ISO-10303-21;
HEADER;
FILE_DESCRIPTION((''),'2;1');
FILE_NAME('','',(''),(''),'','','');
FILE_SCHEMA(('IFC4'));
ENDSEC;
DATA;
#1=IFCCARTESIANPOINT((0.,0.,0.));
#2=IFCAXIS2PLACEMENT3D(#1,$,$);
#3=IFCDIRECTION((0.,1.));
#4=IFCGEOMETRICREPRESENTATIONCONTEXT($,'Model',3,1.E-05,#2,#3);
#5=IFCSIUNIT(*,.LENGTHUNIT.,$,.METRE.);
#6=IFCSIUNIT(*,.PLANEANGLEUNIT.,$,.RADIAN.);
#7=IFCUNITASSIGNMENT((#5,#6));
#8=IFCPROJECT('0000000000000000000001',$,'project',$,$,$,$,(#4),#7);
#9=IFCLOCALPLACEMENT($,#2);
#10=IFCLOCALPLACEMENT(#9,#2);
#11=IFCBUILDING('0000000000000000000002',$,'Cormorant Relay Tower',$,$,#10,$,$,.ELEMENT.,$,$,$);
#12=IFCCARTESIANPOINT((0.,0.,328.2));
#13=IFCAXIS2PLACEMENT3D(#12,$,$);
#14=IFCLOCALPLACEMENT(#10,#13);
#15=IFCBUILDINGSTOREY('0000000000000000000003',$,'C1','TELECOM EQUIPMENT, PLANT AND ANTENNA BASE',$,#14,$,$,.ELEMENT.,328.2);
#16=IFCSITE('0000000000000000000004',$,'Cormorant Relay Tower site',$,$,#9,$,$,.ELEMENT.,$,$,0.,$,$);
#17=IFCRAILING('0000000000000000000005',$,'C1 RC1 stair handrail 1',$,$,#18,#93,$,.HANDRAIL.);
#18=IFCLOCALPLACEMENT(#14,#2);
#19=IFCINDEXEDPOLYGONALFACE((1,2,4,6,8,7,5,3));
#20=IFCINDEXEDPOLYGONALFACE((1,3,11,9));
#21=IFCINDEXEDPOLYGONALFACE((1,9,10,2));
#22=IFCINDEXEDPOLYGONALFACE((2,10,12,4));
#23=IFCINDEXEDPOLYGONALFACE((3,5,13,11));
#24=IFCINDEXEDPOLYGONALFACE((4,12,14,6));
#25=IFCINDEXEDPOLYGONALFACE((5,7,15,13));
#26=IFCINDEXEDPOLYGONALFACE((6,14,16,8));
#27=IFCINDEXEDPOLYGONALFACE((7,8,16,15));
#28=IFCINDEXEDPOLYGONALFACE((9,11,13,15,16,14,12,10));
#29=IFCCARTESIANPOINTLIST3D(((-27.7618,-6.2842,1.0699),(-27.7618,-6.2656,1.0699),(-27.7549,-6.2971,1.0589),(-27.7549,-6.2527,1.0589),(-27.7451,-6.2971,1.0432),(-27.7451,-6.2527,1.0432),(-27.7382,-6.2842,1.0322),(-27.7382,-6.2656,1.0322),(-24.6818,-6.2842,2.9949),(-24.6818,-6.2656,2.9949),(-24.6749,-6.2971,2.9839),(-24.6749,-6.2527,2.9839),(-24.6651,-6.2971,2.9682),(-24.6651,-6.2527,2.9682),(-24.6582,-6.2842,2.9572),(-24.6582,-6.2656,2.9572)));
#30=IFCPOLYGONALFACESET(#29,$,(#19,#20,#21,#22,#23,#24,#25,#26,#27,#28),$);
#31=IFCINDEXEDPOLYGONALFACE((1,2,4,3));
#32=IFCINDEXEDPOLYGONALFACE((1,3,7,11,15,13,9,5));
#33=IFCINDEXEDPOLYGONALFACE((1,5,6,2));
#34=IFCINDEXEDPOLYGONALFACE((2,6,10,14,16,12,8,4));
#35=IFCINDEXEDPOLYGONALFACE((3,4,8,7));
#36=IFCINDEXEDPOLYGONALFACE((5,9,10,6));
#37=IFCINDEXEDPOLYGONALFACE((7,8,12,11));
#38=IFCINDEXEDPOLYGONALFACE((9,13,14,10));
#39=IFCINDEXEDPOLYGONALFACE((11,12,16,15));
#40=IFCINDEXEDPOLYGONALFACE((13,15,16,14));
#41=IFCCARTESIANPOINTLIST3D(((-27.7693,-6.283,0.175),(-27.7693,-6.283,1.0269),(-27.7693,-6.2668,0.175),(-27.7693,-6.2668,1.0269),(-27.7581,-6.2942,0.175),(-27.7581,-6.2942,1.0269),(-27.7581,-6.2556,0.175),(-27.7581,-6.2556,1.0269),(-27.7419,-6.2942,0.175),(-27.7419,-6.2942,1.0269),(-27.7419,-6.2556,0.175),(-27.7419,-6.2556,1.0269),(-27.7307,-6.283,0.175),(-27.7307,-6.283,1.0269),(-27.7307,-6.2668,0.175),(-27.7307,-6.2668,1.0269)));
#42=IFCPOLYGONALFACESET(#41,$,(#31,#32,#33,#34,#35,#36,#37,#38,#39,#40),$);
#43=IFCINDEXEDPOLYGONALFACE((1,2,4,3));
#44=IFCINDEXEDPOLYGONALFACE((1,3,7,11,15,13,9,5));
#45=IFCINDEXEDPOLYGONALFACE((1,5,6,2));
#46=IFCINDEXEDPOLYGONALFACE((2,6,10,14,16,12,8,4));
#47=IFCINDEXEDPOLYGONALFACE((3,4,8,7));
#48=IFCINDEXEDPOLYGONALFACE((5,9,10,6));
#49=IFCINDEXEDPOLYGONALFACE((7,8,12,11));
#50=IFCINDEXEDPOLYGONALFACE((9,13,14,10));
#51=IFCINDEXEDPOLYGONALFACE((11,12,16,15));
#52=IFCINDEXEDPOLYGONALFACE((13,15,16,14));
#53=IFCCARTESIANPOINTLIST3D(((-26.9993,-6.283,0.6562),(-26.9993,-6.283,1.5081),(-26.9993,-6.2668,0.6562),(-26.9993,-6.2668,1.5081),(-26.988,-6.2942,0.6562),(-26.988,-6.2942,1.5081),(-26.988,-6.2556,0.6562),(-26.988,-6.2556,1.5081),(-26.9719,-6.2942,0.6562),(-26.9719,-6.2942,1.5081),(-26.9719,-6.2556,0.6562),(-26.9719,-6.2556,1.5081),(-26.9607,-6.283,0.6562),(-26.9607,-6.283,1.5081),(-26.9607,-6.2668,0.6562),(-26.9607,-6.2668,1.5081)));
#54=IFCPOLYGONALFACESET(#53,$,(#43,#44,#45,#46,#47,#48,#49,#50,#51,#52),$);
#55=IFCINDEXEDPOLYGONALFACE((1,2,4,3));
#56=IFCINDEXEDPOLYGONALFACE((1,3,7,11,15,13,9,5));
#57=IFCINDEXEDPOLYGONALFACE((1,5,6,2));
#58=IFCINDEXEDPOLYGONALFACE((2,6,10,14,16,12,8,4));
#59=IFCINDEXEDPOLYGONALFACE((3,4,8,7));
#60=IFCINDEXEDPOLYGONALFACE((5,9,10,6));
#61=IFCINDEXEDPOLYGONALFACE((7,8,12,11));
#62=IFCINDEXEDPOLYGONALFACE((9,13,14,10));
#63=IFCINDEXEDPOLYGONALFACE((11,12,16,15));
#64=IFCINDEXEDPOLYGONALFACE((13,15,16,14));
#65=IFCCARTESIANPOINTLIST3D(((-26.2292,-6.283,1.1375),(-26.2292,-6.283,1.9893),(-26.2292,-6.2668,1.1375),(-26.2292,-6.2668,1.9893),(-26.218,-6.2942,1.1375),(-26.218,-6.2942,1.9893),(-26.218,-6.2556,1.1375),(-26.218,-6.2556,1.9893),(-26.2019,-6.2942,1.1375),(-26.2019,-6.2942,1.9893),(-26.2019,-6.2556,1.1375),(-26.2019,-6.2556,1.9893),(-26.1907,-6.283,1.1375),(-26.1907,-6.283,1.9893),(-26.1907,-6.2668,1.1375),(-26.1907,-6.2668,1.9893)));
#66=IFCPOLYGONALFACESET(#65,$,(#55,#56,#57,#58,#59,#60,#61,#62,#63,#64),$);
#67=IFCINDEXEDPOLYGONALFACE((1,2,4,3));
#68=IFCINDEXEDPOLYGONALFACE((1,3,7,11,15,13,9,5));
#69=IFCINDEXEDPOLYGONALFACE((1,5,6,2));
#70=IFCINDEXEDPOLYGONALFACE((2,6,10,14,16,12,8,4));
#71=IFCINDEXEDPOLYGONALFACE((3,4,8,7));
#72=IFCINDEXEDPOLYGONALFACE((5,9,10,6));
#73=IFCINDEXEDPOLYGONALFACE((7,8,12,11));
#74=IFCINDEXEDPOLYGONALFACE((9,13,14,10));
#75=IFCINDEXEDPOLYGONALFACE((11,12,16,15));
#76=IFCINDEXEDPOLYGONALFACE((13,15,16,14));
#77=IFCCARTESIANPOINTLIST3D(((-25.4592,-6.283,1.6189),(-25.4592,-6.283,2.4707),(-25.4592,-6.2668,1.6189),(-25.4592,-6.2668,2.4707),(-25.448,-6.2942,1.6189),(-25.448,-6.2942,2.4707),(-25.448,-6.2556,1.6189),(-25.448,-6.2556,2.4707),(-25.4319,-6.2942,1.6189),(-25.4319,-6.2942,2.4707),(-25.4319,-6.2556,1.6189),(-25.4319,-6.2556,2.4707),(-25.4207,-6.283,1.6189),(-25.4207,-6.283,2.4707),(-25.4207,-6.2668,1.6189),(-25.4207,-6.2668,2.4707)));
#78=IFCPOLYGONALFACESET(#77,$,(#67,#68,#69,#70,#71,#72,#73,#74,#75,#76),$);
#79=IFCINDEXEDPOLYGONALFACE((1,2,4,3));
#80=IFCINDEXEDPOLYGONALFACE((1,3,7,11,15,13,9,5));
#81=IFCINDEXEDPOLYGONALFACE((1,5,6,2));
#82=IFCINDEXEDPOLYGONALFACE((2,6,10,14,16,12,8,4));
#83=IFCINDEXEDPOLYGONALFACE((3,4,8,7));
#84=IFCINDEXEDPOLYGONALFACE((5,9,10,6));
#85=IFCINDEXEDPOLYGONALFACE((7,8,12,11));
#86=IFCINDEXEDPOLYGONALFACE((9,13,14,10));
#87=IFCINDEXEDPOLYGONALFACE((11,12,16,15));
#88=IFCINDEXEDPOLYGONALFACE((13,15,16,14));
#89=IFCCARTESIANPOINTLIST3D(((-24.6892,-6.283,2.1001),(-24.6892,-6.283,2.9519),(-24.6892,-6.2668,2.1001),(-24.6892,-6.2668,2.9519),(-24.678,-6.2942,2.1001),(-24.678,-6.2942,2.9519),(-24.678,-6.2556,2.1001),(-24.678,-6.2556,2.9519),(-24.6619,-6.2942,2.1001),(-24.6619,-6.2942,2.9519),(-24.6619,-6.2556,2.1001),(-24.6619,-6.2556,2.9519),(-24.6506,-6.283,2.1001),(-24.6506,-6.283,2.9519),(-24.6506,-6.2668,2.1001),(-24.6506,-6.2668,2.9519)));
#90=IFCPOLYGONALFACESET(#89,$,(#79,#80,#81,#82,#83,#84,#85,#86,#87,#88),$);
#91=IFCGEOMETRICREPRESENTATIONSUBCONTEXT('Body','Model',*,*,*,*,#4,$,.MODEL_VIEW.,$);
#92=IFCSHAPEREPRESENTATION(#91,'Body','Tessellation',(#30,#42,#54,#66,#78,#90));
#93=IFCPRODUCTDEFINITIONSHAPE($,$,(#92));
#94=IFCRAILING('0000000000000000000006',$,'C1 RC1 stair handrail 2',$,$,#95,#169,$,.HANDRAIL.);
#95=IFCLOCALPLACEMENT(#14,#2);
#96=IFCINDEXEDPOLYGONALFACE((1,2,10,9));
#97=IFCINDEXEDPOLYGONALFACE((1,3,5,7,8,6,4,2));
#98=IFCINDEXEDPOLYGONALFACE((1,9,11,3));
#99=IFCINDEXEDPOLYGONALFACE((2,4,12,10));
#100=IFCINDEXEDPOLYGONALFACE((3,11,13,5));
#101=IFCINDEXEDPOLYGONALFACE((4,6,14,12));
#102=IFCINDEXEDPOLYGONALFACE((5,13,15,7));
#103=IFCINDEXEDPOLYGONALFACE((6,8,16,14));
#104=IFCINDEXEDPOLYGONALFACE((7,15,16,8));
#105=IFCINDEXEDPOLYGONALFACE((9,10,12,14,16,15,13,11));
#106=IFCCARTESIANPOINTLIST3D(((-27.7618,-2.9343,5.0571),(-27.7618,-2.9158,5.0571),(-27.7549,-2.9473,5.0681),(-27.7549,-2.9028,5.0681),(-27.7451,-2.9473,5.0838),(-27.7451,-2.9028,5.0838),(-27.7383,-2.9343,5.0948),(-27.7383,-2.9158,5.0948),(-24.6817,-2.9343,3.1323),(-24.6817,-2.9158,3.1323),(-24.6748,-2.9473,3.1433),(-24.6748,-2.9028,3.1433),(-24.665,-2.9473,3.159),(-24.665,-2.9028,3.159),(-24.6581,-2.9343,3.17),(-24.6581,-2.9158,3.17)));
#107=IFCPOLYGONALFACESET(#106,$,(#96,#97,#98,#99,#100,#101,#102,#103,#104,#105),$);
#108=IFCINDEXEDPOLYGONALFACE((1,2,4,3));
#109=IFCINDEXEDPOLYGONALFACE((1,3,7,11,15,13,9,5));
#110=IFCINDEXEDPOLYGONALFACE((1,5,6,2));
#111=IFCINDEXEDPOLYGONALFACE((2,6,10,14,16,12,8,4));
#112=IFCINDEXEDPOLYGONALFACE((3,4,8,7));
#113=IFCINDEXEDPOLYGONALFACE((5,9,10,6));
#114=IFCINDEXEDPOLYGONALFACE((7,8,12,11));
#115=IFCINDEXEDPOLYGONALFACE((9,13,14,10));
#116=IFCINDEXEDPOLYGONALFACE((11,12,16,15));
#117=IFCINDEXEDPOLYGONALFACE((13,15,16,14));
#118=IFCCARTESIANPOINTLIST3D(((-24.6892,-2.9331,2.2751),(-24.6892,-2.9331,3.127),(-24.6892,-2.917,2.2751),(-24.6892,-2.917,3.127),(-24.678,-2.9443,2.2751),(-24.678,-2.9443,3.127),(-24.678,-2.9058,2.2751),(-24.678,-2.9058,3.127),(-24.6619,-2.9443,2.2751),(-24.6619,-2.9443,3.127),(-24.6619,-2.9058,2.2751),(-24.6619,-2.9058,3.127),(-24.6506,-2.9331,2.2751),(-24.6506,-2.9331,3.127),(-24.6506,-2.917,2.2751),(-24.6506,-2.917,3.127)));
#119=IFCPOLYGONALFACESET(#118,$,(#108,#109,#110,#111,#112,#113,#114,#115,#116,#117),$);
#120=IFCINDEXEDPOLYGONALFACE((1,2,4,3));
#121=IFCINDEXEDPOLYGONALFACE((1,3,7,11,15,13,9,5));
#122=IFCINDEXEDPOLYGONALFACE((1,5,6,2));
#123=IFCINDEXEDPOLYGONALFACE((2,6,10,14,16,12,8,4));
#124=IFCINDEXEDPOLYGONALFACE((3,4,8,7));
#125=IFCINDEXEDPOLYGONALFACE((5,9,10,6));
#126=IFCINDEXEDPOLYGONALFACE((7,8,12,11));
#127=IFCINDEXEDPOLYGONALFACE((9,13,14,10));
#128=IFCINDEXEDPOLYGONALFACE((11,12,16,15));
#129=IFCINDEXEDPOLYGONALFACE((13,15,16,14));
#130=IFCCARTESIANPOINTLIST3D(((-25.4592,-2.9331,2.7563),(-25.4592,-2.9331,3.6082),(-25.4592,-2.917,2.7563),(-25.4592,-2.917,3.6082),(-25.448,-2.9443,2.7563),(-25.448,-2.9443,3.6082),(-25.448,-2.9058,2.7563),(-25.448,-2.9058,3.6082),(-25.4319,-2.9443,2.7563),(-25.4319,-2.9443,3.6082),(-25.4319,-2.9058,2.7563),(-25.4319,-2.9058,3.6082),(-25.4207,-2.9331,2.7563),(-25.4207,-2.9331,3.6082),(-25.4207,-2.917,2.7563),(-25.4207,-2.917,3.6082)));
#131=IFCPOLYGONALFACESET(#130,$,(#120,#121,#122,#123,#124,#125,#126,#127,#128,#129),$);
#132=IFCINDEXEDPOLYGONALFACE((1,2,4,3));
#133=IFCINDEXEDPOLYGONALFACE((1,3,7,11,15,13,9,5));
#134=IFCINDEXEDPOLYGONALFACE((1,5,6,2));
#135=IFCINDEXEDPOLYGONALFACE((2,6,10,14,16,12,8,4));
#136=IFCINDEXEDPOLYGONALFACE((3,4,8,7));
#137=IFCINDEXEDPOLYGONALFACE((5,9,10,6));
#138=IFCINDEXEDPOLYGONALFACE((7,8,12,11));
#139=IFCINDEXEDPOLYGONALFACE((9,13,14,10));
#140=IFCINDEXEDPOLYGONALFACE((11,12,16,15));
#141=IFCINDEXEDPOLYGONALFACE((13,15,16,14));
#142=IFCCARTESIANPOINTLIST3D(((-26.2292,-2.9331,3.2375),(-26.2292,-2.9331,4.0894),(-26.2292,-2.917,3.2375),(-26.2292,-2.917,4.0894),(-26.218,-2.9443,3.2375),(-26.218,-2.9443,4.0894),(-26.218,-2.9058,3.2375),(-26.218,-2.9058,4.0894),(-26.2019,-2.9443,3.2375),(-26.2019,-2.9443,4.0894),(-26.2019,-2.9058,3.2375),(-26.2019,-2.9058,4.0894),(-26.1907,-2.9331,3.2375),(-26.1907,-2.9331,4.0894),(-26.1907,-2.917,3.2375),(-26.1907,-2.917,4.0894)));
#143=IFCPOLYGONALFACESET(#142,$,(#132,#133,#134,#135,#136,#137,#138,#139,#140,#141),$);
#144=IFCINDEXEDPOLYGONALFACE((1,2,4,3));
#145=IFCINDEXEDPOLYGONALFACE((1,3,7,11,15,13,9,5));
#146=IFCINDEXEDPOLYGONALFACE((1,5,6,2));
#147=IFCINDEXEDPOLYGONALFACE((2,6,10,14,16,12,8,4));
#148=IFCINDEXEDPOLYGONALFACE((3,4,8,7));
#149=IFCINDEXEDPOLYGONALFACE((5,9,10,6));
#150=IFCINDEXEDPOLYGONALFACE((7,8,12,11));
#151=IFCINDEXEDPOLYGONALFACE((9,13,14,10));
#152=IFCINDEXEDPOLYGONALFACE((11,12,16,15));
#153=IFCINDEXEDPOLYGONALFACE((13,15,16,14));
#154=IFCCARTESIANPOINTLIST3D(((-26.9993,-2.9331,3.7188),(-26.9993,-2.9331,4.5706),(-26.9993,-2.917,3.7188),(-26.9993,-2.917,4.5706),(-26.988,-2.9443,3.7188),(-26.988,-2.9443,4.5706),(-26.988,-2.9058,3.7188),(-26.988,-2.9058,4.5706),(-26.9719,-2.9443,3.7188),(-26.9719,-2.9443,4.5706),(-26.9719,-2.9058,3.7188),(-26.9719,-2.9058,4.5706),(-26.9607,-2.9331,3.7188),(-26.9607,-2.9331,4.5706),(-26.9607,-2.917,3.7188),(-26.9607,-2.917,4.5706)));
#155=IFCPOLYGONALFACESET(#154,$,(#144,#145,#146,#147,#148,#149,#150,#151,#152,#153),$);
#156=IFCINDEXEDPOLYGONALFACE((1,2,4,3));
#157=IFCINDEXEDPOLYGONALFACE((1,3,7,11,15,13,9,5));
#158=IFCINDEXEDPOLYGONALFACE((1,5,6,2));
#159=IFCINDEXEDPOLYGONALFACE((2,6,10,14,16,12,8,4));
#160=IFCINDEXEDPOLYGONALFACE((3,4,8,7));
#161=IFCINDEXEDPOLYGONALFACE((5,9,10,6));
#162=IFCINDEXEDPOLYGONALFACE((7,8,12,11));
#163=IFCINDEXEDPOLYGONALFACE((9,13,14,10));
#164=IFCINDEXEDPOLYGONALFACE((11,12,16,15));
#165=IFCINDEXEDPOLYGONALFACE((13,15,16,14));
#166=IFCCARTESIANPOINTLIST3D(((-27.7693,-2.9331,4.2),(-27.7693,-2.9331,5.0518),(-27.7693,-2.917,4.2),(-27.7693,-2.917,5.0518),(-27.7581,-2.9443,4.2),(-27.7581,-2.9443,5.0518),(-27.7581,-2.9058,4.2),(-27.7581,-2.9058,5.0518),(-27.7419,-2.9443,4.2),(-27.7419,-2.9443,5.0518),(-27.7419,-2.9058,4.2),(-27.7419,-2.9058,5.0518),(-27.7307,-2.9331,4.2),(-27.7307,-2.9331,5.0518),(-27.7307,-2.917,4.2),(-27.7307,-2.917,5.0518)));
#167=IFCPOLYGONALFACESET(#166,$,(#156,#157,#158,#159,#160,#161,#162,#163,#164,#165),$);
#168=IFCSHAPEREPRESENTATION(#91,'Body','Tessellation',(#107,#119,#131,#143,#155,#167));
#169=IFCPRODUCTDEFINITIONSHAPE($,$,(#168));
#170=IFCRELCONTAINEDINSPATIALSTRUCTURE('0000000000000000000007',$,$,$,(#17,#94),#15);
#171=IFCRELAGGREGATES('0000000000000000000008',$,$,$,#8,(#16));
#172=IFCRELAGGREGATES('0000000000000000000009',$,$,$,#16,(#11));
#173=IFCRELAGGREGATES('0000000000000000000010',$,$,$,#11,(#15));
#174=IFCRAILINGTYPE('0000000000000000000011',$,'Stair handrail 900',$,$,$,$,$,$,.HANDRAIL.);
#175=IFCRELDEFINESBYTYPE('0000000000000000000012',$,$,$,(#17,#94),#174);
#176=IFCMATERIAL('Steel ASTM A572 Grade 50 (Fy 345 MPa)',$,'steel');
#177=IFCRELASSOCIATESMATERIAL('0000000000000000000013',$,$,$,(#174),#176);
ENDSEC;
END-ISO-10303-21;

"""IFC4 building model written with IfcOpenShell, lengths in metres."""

from ifc_helpers import new_model, si_unit, direction, frame, origin, place, context, subcontext, project, spatial, polyline, outline, extrude, material, type_object, element, save


model = new_model("IFC4")

# Units and contexts
model_context = context("Model", 3, precision=1e-05, world=origin(), true_north=direction((0.0, 1.0)))
body_context = subcontext(model_context, "Body", "Model", "MODEL_VIEW")
ifc_project = project(units=[si_unit("LENGTHUNIT", "METRE"), si_unit("PLANEANGLEUNIT", "RADIAN")], contexts=[model_context])

# Site, building, storey
site_placement = place(None, origin())
site = spatial("IfcSite", under=ifc_project, at=site_placement, Name="Cormorant Relay Tower site", CompositionType="ELEMENT", RefElevation=0.0)
building_placement = place(site_placement, origin())
building = spatial("IfcBuilding", under=site, at=building_placement, Name="Cormorant Relay Tower", CompositionType="ELEMENT")
storey_placement = place(building_placement, frame((0.0, 0.0, 328.2)))
storey = spatial("IfcBuildingStorey", under=building, at=storey_placement, Name="C1", Description="TELECOM EQUIPMENT, PLANT AND ANTENNA BASE", CompositionType="ELEMENT", Elevation=328.2)

# Railings
ifc_material_1 = material(Name="Steel ASTM A572 Grade 50 (Fy 345 MPa)", Category="steel")
railing_type_1 = type_object("IfcRailingType", Name="Stair handrail 900", PredefinedType="HANDRAIL", material=ifc_material_1)
railing_1_placement = place(storey_placement, frame((-27.75, -6.2749, 0.175)))
element("IfcRailing", 1, at=railing_1_placement, inside=storey, type_object=railing_type_1, Name="C1 RC1 stair handrail 1", PredefinedType="HANDRAIL", context=body_context, shape_type="SweptSolid", body=[
    extrude(outline(polyline([(0.0222, 0.0093), (0.0093, 0.0222), (-0.0093, 0.0222), (-0.0222, 0.0093), (-0.0222, -0.0093), (-0.0093, -0.0222), (0.0093, -0.0222), (0.0222, -0.0093), (0.0222, 0.0093)])), frame((0.0, 0.0, 0.876), z_axis=(0.847998, 0.0, 0.529999), x_axis=(0.0, 1.0, 0.0)), (0.0, 0.0, 1.0), 3.6321),
    extrude(outline(polyline([(0.0193, 0.0081), (0.0081, 0.0193), (-0.0081, 0.0193), (-0.0193, 0.0081), (-0.0193, -0.0081), (-0.0081, -0.0193), (0.0081, -0.0193), (0.0193, -0.0081), (0.0193, 0.0081)])), origin(), (0.0, 0.0, 1.0), 0.8518),
    extrude(outline(polyline([(0.0193, 0.0081), (0.0081, 0.0193), (-0.0081, 0.0193), (-0.0193, 0.0081), (-0.0193, -0.0081), (-0.0081, -0.0193), (0.0081, -0.0193), (0.0193, -0.0081), (0.0193, 0.0081)])), frame((0.77, 0.0, 0.4812)), (0.0, 0.0, 1.0), 0.8518),
    extrude(outline(polyline([(0.0193, 0.0081), (0.0081, 0.0193), (-0.0081, 0.0193), (-0.0193, 0.0081), (-0.0193, -0.0081), (-0.0081, -0.0193), (0.0081, -0.0193), (0.0193, -0.0081), (0.0193, 0.0081)])), frame((1.54, 0.0, 0.9624)), (0.0, 0.0, 1.0), 0.8518),
    extrude(outline(polyline([(0.0193, 0.0081), (0.0081, 0.0193), (-0.0081, 0.0193), (-0.0193, 0.0081), (-0.0193, -0.0081), (-0.0081, -0.0193), (0.0081, -0.0193), (0.0193, -0.0081), (0.0193, 0.0081)])), frame((2.3101, 0.0, 1.4438)), (0.0, 0.0, 1.0), 0.8518),
    extrude(outline(polyline([(0.0193, 0.0081), (0.0081, 0.0193), (-0.0081, 0.0193), (-0.0193, 0.0081), (-0.0193, -0.0081), (-0.0081, -0.0193), (0.0081, -0.0193), (0.0193, -0.0081), (0.0193, 0.0081)])), frame((3.0801, 0.0, 1.925)), (0.0, 0.0, 1.0), 0.8518),
])
railing_2_placement = place(storey_placement, frame((-24.6699, -2.925, 2.2751)))
element("IfcRailing", 2, at=railing_2_placement, inside=storey, type_object=railing_type_1, Name="C1 RC1 stair handrail 2", PredefinedType="HANDRAIL", context=body_context, shape_type="SweptSolid", body=[
    extrude(outline(polyline([(0.0222, 0.0093), (0.0093, 0.0222), (-0.0093, 0.0222), (-0.0222, 0.0093), (-0.0222, -0.0093), (-0.0093, -0.0222), (0.0093, -0.0222), (0.0222, -0.0093), (0.0222, 0.0093)])), frame((0.0, 0.0, 0.876), z_axis=(-0.848029, 0.0, 0.529951), x_axis=(0.0, -1.0, 0.0)), (0.0, 0.0, 1.0), 3.6321),
    extrude(outline(polyline([(0.0193, 0.0081), (0.0081, 0.0193), (-0.0081, 0.0193), (-0.0193, 0.0081), (-0.0193, -0.0081), (-0.0081, -0.0193), (0.0081, -0.0193), (0.0193, -0.0081), (0.0193, 0.0081)])), origin(), (0.0, 0.0, 1.0), 0.8518),
    extrude(outline(polyline([(0.0193, 0.0081), (0.0081, 0.0193), (-0.0081, 0.0193), (-0.0193, 0.0081), (-0.0193, -0.0081), (-0.0081, -0.0193), (0.0081, -0.0193), (0.0193, -0.0081), (0.0193, 0.0081)])), frame((-0.77, 0.0, 0.4812)), (0.0, 0.0, 1.0), 0.8518),
    extrude(outline(polyline([(0.0193, 0.0081), (0.0081, 0.0193), (-0.0081, 0.0193), (-0.0193, 0.0081), (-0.0193, -0.0081), (-0.0081, -0.0193), (0.0081, -0.0193), (0.0193, -0.0081), (0.0193, 0.0081)])), frame((-1.54, 0.0, 0.9624)), (0.0, 0.0, 1.0), 0.8518),
    extrude(outline(polyline([(0.0193, 0.0081), (0.0081, 0.0193), (-0.0081, 0.0193), (-0.0193, 0.0081), (-0.0193, -0.0081), (-0.0081, -0.0193), (0.0081, -0.0193), (0.0193, -0.0081), (0.0193, 0.0081)])), frame((-2.3101, 0.0, 1.4436)), (0.0, 0.0, 1.0), 0.8518),
    extrude(outline(polyline([(0.0193, 0.0081), (0.0081, 0.0193), (-0.0081, 0.0193), (-0.0193, 0.0081), (-0.0193, -0.0081), (-0.0081, -0.0193), (0.0081, -0.0193), (0.0193, -0.0081), (0.0193, 0.0081)])), frame((-3.0801, 0.0, 1.9248)), (0.0, 0.0, 1.0), 0.8518),
])

save(model, "model.ifc")
